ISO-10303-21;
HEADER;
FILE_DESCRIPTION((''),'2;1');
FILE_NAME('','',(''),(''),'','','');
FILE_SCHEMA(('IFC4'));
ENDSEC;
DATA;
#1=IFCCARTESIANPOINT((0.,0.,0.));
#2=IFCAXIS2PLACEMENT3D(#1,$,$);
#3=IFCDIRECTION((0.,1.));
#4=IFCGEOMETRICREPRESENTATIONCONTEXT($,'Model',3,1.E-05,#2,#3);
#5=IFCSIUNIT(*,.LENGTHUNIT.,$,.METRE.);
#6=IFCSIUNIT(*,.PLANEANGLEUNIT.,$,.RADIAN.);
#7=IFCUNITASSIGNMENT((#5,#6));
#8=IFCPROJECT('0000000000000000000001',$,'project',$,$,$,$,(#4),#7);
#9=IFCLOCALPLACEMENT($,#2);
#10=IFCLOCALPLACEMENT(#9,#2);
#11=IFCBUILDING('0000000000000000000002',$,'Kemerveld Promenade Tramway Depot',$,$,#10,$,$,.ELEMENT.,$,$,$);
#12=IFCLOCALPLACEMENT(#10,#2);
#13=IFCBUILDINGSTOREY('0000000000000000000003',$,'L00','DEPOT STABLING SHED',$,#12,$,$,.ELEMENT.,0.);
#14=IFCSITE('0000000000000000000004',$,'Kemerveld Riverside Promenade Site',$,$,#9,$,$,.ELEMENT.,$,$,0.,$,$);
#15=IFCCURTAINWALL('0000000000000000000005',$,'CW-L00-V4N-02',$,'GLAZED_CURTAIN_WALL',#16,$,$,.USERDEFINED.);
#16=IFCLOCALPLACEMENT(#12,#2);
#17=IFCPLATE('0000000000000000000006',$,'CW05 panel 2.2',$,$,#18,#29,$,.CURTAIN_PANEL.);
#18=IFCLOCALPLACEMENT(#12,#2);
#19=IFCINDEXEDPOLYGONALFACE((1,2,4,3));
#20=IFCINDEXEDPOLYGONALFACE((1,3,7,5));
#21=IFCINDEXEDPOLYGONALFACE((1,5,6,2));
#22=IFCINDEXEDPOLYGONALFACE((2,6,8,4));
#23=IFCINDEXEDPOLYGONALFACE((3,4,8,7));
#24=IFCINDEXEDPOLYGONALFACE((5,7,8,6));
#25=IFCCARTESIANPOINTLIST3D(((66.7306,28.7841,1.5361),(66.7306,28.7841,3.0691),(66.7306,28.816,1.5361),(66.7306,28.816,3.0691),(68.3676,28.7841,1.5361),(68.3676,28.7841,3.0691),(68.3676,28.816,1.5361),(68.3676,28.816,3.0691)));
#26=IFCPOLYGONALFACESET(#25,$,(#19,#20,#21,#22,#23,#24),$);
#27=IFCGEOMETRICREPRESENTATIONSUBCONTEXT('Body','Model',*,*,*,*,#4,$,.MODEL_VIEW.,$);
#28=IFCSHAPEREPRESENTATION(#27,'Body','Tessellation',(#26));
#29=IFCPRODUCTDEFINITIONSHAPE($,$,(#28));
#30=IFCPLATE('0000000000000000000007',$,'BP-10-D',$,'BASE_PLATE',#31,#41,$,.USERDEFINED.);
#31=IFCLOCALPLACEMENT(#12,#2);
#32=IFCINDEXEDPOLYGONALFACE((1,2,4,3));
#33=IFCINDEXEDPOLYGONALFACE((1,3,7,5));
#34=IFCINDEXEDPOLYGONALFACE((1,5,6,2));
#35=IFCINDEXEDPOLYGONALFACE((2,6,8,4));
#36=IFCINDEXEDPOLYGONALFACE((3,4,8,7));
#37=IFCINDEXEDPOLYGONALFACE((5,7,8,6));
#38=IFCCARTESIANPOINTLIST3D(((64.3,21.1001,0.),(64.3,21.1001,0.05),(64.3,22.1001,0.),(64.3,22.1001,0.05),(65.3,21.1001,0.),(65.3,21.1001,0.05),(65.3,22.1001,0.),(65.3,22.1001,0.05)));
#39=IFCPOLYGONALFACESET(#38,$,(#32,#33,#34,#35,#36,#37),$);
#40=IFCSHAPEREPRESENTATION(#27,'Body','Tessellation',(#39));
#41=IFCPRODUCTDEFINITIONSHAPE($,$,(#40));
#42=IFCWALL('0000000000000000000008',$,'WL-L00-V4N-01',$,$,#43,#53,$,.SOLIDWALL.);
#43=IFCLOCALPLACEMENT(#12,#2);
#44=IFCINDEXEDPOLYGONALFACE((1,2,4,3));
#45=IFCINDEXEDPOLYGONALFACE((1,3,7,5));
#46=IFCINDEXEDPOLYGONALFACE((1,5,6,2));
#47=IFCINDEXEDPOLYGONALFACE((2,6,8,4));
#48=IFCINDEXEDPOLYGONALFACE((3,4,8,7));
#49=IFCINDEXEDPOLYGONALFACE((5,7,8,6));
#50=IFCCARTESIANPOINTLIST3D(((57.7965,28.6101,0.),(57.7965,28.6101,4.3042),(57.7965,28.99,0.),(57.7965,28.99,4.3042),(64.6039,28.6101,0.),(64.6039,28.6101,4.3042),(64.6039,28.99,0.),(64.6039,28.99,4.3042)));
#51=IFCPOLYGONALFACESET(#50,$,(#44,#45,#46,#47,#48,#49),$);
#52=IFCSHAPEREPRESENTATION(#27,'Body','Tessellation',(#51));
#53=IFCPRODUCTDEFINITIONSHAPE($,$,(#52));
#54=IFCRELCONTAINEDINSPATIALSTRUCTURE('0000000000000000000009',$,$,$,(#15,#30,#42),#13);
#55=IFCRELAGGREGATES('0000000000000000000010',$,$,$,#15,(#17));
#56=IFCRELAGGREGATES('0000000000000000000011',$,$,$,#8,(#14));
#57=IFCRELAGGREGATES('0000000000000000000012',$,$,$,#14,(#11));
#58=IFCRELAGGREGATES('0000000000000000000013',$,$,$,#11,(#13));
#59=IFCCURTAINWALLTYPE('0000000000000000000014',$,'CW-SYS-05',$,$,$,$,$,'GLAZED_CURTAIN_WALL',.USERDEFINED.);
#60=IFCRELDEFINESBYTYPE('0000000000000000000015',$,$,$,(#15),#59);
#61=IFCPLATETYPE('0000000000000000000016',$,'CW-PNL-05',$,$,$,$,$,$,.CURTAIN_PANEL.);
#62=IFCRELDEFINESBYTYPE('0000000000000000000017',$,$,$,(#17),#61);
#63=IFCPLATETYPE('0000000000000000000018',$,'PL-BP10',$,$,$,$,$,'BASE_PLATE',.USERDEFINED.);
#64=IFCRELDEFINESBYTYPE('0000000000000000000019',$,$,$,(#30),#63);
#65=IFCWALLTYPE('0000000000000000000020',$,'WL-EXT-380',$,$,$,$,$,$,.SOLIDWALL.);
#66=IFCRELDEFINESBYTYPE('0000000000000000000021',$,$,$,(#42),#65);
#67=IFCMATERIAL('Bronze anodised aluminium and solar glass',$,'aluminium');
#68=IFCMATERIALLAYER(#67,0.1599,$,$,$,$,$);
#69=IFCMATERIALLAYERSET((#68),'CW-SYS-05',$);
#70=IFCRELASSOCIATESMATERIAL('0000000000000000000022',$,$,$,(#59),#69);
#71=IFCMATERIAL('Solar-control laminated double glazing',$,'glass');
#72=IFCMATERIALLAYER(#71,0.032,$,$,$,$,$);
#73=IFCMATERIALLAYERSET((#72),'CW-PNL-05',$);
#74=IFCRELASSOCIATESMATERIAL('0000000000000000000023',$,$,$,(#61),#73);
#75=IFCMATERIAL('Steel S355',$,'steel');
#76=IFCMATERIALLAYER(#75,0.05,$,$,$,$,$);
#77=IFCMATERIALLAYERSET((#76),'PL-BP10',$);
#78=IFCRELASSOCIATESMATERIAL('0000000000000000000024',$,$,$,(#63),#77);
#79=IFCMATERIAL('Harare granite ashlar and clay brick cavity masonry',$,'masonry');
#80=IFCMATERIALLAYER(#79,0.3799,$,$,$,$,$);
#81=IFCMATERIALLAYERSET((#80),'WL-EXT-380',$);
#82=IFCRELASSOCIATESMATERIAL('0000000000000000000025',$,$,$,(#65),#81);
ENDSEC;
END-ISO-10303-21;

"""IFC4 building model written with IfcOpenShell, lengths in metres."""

from ifc_helpers import new_model, si_unit, direction, frame, frame_2d, origin, origin_2d, place, context, subcontext, project, spatial, rectangle, extrude, material, layer, layer_set, type_object, element, aggregate, save


model = new_model("IFC4")

# Units and contexts
model_context = context("Model", 3, precision=1e-05, world=origin(), true_north=direction((0.0, 1.0)))
body_context = subcontext(model_context, "Body", "Model", "MODEL_VIEW")
ifc_project = project(units=[si_unit("LENGTHUNIT", "METRE"), si_unit("PLANEANGLEUNIT", "RADIAN")], contexts=[model_context])

# Site, building, storey
site_placement = place(None, origin())
site = spatial("IfcSite", under=ifc_project, at=site_placement, Name="Kemerveld Riverside Promenade Site", CompositionType="ELEMENT", RefElevation=0.0)
building_placement = place(site_placement, origin())
building = spatial("IfcBuilding", under=site, at=building_placement, Name="Kemerveld Promenade Tramway Depot", CompositionType="ELEMENT")
storey_placement = place(building_placement, origin())
storey = spatial("IfcBuildingStorey", under=building, at=storey_placement, Name="L00", Description="DEPOT STABLING SHED", CompositionType="ELEMENT", Elevation=0.0)

# Shared definitions
ifc_material_1 = material(Name="Steel S355", Category="steel")

# Curtain wall, plate
ifc_material_2 = material(Name="Bronze anodised aluminium and solar glass", Category="aluminium")
ifc_layer_1 = layer(ifc_material_2, 0.1599)
ifc_layer_set_1 = layer_set([ifc_layer_1], Name="CW-SYS-05")
curtain_wall_type = type_object("IfcCurtainWallType", Name="CW-SYS-05", ElementType="GLAZED_CURTAIN_WALL", PredefinedType="USERDEFINED", material=ifc_layer_set_1)
curtain_wall_placement = place(storey_placement, origin())
curtain_wall = element("IfcCurtainWall", 1, at=curtain_wall_placement, inside=storey, type_object=curtain_wall_type, Name="CW-L00-V4N-02", ObjectType="GLAZED_CURTAIN_WALL", PredefinedType="USERDEFINED")
ifc_material_3 = material(Name="Solar-control laminated double glazing", Category="glass")
ifc_layer_2 = layer(ifc_material_3, 0.032)
ifc_layer_set_2 = layer_set([ifc_layer_2], Name="CW-PNL-05")
plate_type_1 = type_object("IfcPlateType", Name="CW-PNL-05", PredefinedType="CURTAIN_PANEL", material=ifc_layer_set_2)
plate_1_placement = place(storey_placement, frame((67.5491, 28.8, 1.5361), z_axis=(0.0, 0.0, 1.0), x_axis=(1.0, 0.0, 0.0)))
plate_1 = element("IfcPlate", 2, at=plate_1_placement, type_object=plate_type_1, Name="CW05 panel 2.2", PredefinedType="CURTAIN_PANEL", context=body_context, shape_type="SweptSolid", body=[
    extrude(rectangle(XDim=1.637, YDim=0.032, at=origin_2d()), origin(), (0.0, 0.0, 1.0), 1.533),
])
aggregate(curtain_wall, [plate_1])

# Plate
ifc_layer_3 = layer(ifc_material_1, 0.05)
ifc_layer_set_3 = layer_set([ifc_layer_3], Name="PL-BP10")
plate_type_2 = type_object("IfcPlateType", Name="PL-BP10", ElementType="BASE_PLATE", PredefinedType="USERDEFINED", material=ifc_layer_set_3)
plate_2_placement = place(storey_placement, frame((64.8, 21.6001, 0.0), z_axis=(0.0, 0.0, 1.0), x_axis=(1.0, 0.0, 0.0)))
element("IfcPlate", 3, at=plate_2_placement, inside=storey, type_object=plate_type_2, Name="BP-10-D", ObjectType="BASE_PLATE", PredefinedType="USERDEFINED", context=body_context, shape_type="SweptSolid", body=[
    extrude(rectangle(XDim=1.0, YDim=1.0, at=origin_2d()), origin(), (0.0, 0.0, 1.0), 0.05),
])

# Wall
ifc_material_4 = material(Name="Harare granite ashlar and clay brick cavity masonry", Category="masonry")
ifc_layer_4 = layer(ifc_material_4, 0.3799)
ifc_layer_set_4 = layer_set([ifc_layer_4], Name="WL-EXT-380")
wall_type = type_object("IfcWallType", Name="WL-EXT-380", PredefinedType="SOLIDWALL", material=ifc_layer_set_4)
wall_placement = place(storey_placement, frame((57.7964, 28.8, 0.0), z_axis=(0.0, 0.0, 1.0), x_axis=(1.0, 0.0, 0.0)))
element("IfcWall", 4, at=wall_placement, inside=storey, type_object=wall_type, Name="WL-L00-V4N-01", PredefinedType="SOLIDWALL", context=body_context, shape_type="SweptSolid", body=[
    extrude(rectangle(XDim=6.8074, YDim=0.3799, at=frame_2d((3.4038, 0.0))), origin(), (0.0, 0.0, 1.0), 4.3042),
])

save(model, "model.ifc")
